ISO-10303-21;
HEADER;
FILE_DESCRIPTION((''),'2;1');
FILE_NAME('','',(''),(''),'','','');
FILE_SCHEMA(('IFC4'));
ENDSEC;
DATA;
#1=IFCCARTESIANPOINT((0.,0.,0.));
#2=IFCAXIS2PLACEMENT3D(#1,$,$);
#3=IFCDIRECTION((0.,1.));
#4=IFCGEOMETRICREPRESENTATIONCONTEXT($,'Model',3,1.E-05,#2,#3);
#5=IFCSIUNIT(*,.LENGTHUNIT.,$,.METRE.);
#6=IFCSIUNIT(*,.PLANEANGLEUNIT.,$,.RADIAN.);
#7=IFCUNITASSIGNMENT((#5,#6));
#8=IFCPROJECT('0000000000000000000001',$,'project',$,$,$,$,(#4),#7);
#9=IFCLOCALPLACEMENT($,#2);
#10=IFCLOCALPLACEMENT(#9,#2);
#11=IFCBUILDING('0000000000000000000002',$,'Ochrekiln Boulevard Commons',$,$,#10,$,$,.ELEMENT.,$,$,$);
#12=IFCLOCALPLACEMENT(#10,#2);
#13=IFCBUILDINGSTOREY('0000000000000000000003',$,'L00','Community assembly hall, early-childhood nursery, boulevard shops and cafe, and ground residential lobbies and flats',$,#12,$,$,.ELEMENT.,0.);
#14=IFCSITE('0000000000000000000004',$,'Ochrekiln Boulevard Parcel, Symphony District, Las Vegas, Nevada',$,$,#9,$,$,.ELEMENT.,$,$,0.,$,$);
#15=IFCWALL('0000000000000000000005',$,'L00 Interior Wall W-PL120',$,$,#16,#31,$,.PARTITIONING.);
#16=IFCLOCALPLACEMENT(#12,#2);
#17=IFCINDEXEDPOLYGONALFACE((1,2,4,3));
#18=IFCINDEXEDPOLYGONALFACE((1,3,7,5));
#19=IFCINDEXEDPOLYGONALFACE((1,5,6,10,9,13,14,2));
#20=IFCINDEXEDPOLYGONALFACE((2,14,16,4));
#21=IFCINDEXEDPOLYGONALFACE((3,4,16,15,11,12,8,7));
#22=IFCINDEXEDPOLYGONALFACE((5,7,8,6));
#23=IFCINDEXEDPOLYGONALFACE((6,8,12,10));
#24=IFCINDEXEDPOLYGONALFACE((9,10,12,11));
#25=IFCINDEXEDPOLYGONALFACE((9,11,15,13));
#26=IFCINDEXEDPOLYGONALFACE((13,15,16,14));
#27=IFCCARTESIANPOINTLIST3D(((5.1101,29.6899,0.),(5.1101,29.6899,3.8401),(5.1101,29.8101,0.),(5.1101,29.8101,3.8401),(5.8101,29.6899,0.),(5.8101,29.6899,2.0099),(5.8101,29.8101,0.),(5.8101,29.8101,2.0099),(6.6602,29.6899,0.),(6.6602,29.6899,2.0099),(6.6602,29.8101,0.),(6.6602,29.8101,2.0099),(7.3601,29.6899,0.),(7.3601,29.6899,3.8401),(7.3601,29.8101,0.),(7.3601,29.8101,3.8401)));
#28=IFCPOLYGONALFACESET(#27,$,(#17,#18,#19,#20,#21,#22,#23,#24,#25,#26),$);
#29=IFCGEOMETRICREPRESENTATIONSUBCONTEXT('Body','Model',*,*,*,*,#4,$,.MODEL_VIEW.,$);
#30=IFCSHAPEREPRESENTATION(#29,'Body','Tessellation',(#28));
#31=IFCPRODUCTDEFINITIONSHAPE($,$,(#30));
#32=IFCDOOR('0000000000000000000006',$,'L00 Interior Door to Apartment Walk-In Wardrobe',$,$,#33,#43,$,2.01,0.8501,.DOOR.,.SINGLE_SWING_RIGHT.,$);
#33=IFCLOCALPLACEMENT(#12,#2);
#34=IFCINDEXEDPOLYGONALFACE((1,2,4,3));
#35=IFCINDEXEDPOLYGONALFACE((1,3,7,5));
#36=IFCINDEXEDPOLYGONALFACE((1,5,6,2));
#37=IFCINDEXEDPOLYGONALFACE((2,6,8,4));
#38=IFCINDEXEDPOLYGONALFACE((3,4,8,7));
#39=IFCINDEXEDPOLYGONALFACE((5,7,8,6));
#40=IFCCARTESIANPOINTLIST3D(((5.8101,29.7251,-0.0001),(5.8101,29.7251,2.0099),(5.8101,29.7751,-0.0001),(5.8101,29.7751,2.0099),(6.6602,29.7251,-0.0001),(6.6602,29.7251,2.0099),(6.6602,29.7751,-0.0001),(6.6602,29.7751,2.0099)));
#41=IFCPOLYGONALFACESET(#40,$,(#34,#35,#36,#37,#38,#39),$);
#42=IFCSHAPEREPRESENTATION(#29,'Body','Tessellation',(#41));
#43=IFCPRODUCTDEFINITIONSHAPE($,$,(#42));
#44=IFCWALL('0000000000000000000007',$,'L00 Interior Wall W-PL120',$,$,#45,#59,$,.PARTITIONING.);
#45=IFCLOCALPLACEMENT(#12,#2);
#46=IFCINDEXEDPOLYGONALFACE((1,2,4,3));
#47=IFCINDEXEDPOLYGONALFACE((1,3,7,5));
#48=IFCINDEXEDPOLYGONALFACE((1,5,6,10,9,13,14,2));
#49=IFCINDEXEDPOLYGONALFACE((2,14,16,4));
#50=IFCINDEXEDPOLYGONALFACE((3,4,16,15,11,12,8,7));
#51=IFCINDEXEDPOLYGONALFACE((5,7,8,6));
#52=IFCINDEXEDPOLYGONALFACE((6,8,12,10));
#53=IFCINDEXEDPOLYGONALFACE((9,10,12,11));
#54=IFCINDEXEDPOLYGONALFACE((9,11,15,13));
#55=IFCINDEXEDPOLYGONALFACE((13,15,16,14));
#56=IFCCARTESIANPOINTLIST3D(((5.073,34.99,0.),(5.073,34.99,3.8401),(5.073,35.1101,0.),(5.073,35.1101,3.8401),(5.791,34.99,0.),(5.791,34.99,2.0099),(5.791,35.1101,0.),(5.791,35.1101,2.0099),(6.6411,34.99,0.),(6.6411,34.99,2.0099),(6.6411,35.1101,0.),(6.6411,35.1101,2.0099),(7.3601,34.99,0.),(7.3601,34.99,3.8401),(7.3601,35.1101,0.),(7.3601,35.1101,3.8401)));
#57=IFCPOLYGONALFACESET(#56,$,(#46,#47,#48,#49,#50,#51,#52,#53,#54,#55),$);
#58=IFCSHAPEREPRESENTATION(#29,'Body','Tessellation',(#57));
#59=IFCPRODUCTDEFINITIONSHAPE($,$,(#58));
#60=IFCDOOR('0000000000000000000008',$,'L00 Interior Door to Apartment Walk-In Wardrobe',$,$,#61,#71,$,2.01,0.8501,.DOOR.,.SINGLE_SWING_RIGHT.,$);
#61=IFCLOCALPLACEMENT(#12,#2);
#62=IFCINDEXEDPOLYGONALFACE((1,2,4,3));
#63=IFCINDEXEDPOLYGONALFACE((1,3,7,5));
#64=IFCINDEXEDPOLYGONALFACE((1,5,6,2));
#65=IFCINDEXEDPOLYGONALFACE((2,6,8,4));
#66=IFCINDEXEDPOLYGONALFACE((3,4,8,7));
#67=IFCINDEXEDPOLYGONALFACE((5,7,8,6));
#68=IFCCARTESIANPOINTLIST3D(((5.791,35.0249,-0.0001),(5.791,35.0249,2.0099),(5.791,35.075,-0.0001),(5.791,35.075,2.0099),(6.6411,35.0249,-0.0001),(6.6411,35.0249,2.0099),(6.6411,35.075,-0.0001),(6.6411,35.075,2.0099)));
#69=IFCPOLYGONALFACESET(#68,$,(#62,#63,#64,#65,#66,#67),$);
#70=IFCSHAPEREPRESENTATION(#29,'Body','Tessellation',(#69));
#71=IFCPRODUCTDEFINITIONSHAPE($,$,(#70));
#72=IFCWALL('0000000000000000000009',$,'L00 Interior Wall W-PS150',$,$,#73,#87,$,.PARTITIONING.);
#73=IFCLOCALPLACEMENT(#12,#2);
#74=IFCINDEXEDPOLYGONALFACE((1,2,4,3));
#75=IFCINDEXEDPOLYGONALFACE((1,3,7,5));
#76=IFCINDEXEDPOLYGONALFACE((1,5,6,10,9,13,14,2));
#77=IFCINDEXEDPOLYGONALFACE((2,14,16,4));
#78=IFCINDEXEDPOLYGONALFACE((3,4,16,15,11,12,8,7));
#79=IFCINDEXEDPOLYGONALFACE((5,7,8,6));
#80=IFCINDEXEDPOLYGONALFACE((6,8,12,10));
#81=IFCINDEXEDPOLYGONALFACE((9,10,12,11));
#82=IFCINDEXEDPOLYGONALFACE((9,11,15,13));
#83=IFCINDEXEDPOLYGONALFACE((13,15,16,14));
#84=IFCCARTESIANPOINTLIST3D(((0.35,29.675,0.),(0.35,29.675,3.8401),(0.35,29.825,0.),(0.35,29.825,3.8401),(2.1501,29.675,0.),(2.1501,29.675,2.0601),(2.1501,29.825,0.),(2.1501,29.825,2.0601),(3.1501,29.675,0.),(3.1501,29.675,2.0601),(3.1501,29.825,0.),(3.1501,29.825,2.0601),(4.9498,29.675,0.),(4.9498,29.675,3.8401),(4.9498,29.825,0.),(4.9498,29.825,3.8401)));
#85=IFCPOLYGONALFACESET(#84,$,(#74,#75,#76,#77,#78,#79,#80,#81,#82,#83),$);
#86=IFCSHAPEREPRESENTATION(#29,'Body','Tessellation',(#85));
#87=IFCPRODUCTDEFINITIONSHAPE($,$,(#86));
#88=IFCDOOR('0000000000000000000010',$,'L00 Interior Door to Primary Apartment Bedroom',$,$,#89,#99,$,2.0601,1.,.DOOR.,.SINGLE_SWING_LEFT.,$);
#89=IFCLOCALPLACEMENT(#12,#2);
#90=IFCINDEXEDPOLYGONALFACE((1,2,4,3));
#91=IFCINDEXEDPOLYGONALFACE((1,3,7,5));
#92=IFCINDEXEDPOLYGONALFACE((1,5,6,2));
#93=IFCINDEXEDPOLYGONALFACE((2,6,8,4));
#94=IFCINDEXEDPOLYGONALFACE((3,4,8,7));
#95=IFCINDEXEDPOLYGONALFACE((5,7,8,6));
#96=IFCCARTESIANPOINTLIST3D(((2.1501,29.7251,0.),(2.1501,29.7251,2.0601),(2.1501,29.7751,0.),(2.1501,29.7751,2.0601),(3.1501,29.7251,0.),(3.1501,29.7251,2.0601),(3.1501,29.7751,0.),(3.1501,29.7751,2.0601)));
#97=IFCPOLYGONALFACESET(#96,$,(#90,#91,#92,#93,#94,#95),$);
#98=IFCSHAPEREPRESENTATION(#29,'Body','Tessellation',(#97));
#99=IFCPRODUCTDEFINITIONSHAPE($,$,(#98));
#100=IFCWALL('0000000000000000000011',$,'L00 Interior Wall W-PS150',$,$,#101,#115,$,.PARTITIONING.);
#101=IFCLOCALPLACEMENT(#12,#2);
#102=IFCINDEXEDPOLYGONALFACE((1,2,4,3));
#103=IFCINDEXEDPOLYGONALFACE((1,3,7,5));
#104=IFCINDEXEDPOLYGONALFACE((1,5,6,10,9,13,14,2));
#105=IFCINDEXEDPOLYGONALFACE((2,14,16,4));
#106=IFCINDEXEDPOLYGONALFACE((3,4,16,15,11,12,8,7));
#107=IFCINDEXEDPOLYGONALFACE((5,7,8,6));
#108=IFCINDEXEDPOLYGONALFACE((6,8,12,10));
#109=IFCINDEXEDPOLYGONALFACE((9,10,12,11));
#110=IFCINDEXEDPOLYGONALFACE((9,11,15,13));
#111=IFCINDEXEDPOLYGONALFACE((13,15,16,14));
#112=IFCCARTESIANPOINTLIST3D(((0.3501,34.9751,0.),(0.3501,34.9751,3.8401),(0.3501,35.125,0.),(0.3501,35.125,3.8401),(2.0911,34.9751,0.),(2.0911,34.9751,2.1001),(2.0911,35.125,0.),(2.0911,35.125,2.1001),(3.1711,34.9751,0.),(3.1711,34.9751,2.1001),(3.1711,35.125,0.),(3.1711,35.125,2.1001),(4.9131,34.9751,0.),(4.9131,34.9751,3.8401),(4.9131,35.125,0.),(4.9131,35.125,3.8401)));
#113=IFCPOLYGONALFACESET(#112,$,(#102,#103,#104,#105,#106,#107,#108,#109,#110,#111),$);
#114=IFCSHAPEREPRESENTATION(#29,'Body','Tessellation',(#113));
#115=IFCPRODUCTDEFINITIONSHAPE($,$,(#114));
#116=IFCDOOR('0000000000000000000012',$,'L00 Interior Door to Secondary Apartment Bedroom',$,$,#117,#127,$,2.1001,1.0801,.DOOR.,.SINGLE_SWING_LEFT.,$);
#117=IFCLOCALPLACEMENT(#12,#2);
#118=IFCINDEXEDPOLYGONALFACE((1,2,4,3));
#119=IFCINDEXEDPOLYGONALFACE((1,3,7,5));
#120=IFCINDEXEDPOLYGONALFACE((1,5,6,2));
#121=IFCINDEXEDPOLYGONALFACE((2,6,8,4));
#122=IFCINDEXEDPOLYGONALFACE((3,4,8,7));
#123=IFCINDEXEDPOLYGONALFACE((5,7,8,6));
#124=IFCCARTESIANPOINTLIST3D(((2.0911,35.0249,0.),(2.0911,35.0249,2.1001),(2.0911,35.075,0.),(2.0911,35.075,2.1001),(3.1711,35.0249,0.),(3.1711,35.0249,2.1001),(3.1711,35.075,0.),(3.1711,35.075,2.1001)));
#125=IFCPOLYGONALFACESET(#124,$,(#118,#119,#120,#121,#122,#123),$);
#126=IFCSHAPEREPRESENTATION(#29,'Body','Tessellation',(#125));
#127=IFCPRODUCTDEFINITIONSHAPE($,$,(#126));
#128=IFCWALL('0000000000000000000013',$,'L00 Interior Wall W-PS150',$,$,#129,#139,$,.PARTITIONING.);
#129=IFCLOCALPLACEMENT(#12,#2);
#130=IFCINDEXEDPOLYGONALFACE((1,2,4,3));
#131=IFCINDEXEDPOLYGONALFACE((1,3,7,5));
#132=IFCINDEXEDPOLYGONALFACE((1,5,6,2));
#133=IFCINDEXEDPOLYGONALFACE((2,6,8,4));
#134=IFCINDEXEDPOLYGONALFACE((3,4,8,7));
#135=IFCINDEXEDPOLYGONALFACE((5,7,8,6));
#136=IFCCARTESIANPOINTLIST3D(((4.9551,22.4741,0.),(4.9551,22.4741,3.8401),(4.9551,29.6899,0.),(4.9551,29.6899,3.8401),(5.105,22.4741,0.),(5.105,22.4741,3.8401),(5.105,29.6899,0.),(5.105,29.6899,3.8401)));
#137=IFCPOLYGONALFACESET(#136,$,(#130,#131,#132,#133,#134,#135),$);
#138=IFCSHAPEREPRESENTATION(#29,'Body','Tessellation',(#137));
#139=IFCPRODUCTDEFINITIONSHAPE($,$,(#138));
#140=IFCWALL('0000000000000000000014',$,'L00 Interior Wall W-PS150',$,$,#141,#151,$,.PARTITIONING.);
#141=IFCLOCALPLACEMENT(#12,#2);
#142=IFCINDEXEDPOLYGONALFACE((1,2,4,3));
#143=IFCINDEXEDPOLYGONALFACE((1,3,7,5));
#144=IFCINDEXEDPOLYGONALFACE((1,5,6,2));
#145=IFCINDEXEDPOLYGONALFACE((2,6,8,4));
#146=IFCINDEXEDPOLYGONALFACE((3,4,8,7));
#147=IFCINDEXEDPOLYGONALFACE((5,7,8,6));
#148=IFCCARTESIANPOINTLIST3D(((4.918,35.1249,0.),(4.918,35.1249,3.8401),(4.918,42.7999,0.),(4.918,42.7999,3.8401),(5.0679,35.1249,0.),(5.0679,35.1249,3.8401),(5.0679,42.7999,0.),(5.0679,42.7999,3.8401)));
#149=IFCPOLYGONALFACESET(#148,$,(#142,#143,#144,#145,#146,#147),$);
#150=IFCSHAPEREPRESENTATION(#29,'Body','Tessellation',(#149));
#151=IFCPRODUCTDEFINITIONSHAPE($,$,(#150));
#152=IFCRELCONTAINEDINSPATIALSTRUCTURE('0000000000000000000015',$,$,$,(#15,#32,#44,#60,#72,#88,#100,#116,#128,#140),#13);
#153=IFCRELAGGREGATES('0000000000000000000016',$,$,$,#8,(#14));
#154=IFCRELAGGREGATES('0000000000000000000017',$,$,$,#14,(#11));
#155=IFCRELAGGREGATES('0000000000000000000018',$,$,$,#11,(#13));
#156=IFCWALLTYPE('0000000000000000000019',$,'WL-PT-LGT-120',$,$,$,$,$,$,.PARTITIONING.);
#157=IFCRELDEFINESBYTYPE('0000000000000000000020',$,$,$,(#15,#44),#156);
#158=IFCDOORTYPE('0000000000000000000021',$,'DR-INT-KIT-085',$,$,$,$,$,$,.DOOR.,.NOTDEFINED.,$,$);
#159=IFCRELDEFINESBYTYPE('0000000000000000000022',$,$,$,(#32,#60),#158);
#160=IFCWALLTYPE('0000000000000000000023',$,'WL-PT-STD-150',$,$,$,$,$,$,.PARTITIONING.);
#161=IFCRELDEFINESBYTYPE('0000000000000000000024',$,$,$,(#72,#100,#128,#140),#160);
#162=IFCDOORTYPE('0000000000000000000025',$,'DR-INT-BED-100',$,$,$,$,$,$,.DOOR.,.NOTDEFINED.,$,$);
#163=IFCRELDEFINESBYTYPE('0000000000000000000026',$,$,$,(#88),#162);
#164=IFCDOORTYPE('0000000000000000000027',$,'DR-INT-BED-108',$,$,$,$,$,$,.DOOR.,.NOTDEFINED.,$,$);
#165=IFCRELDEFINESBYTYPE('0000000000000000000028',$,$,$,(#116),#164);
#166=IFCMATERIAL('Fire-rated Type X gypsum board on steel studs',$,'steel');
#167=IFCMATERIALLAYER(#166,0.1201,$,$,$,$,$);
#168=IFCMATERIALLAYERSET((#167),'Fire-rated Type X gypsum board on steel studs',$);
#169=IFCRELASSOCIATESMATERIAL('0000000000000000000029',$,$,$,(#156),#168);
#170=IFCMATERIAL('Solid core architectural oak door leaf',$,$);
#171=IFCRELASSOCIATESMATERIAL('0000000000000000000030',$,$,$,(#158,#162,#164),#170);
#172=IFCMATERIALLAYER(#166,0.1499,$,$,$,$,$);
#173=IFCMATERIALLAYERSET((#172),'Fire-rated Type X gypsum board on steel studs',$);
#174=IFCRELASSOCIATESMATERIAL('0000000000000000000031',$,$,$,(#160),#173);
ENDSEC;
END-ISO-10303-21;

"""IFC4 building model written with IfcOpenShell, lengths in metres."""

from ifc_helpers import new_model, si_unit, direction, frame, frame_2d, origin, place, context, subcontext, project, spatial, rectangle, extrude, material, layer, layer_set, type_object, element, fill, save


model = new_model("IFC4")

# Units and contexts
model_context = context("Model", 3, precision=1e-05, world=origin(), true_north=direction((0.0, 1.0)))
body_context = subcontext(model_context, "Body", "Model", "MODEL_VIEW")
ifc_project = project(units=[si_unit("LENGTHUNIT", "METRE"), si_unit("PLANEANGLEUNIT", "RADIAN")], contexts=[model_context])

# Site, building, storey
site_placement = place(None, origin())
site = spatial("IfcSite", under=ifc_project, at=site_placement, Name="Ochrekiln Boulevard Parcel, Symphony District, Las Vegas, Nevada", CompositionType="ELEMENT", RefElevation=0.0)
building_placement = place(site_placement, origin())
building = spatial("IfcBuilding", under=site, at=building_placement, Name="Ochrekiln Boulevard Commons", CompositionType="ELEMENT")
storey_placement = place(building_placement, origin())
storey = spatial("IfcBuildingStorey", under=building, at=storey_placement, Name="L00", Description="Community assembly hall, early-childhood nursery, boulevard shops and cafe, and ground residential lobbies and flats", CompositionType="ELEMENT", Elevation=0.0)

# Shared definitions
ifc_material_1 = material(Name="Fire-rated Type X gypsum board on steel studs", Category="steel")

# Walls, openings, doors
ifc_layer_1 = layer(ifc_material_1, 0.1201)
ifc_layer_set_1 = layer_set([ifc_layer_1], Name="Fire-rated Type X gypsum board on steel studs")
wall_type_1 = type_object("IfcWallType", Name="WL-PT-LGT-120", PredefinedType="PARTITIONING", material=ifc_layer_set_1)
wall_1_placement = place(storey_placement, frame((5.1101, 29.75, 0.0), z_axis=(0.0, 0.0, 1.0), x_axis=(1.0, 0.0, 0.0)))
wall_1 = element("IfcWall", 1, at=wall_1_placement, inside=storey, type_object=wall_type_1, Name="L00 Interior Wall W-PL120", PredefinedType="PARTITIONING", context=body_context, shape_type="SweptSolid", body=[
    extrude(rectangle(XDim=2.25, YDim=0.1201, at=frame_2d((1.125, 0.0))), origin(), (0.0, 0.0, 1.0), 3.8401),
])
opening_1_placement = place(wall_1_placement, frame((0.7, 0.0, 0.0)))
opening_1 = element("IfcOpeningElement", 2, at=opening_1_placement, cuts=wall_1, PredefinedType="OPENING", context=body_context, shape_type="SweptSolid", body=[
    extrude(rectangle(XDim=0.8501, YDim=2.01, at=frame_2d((0.425, 1.0049))), frame((0.0, 0.0701, 0.0), z_axis=(0.0, -1.0, 0.0), x_axis=(1.0, 0.0, 0.0)), (0.0, 0.0, 1.0), 0.1401),
])
ifc_material_2 = material(Name="Solid core architectural oak door leaf")
door_type_1 = type_object("IfcDoorType", Name="DR-INT-KIT-085", OperationType="NOTDEFINED", PredefinedType="DOOR", material=ifc_material_2)
door_1_placement = place(opening_1_placement, frame((0.8501, 0.0, 0.0), z_axis=(0.0, 0.0, 1.0), x_axis=(-1.0, 0.0, 0.0)))
door_1 = element("IfcDoor", 3, at=door_1_placement, inside=storey, type_object=door_type_1, Name="L00 Interior Door to Apartment Walk-In Wardrobe", OperationType="SINGLE_SWING_RIGHT", OverallHeight=2.01, OverallWidth=0.8501, PredefinedType="DOOR", context=body_context, shape_type="SweptSolid", body=[
    extrude(rectangle(XDim=0.8501, YDim=2.01, at=frame_2d((0.425, 1.0049))), frame((0.0, 0.0249, 0.0), z_axis=(0.0, -1.0, 0.0), x_axis=(1.0, 0.0, 0.0)), (0.0, 0.0, 1.0), 0.05),
])
fill(opening_1, door_1)
wall_2_placement = place(storey_placement, frame((5.073, 35.05, 0.0), z_axis=(0.0, 0.0, 1.0), x_axis=(1.0, 0.0, 0.0)))
wall_2 = element("IfcWall", 4, at=wall_2_placement, inside=storey, type_object=wall_type_1, Name="L00 Interior Wall W-PL120", PredefinedType="PARTITIONING", context=body_context, shape_type="SweptSolid", body=[
    extrude(rectangle(XDim=2.2871, YDim=0.1201, at=frame_2d((1.1436, 0.0))), origin(), (0.0, 0.0, 1.0), 3.8401),
])
opening_2_placement = place(wall_2_placement, frame((0.718, 0.0, 0.0)))
opening_2 = element("IfcOpeningElement", 5, at=opening_2_placement, cuts=wall_2, PredefinedType="OPENING", context=body_context, shape_type="SweptSolid", body=[
    extrude(rectangle(XDim=0.8501, YDim=2.01, at=frame_2d((0.425, 1.0049))), frame((0.0, 0.0701, 0.0), z_axis=(0.0, -1.0, 0.0), x_axis=(1.0, 0.0, 0.0)), (0.0, 0.0, 1.0), 0.1401),
])
door_2_placement = place(opening_2_placement, origin())
door_2 = element("IfcDoor", 6, at=door_2_placement, inside=storey, type_object=door_type_1, Name="L00 Interior Door to Apartment Walk-In Wardrobe", OperationType="SINGLE_SWING_RIGHT", OverallHeight=2.01, OverallWidth=0.8501, PredefinedType="DOOR", context=body_context, shape_type="SweptSolid", body=[
    extrude(rectangle(XDim=0.8501, YDim=2.01, at=frame_2d((0.425, 1.0049))), frame((0.0, 0.0249, 0.0), z_axis=(0.0, -1.0, 0.0), x_axis=(1.0, 0.0, 0.0)), (0.0, 0.0, 1.0), 0.05),
])
fill(opening_2, door_2)
ifc_layer_2 = layer(ifc_material_1, 0.1499)
ifc_layer_set_2 = layer_set([ifc_layer_2], Name="Fire-rated Type X gypsum board on steel studs")
wall_type_2 = type_object("IfcWallType", Name="WL-PT-STD-150", PredefinedType="PARTITIONING", material=ifc_layer_set_2)
wall_3_placement = place(storey_placement, frame((0.3501, 29.75, 0.0), z_axis=(0.0, 0.0, 1.0), x_axis=(1.0, 0.0, 0.0)))
wall_3 = element("IfcWall", 7, at=wall_3_placement, inside=storey, type_object=wall_type_2, Name="L00 Interior Wall W-PS150", PredefinedType="PARTITIONING", context=body_context, shape_type="SweptSolid", body=[
    extrude(rectangle(XDim=4.5999, YDim=0.1499, at=frame_2d((2.2998, 0.0))), origin(), (0.0, 0.0, 1.0), 3.8401),
])
opening_3_placement = place(wall_3_placement, frame((1.8, 0.0, 0.0)))
opening_3 = element("IfcOpeningElement", 8, at=opening_3_placement, cuts=wall_3, PredefinedType="OPENING", context=body_context, shape_type="SweptSolid", body=[
    extrude(rectangle(XDim=1.0, YDim=2.0601, at=frame_2d((0.5, 1.03))), frame((0.0, 0.085, 0.0), z_axis=(0.0, -1.0, 0.0), x_axis=(1.0, 0.0, 0.0)), (0.0, 0.0, 1.0), 0.1699),
])
door_type_2 = type_object("IfcDoorType", Name="DR-INT-BED-100", OperationType="NOTDEFINED", PredefinedType="DOOR", material=ifc_material_2)
door_3_placement = place(opening_3_placement, frame((1.0, 0.0, 0.0), z_axis=(0.0, 0.0, 1.0), x_axis=(-1.0, 0.0, 0.0)))
door_3 = element("IfcDoor", 9, at=door_3_placement, inside=storey, type_object=door_type_2, Name="L00 Interior Door to Primary Apartment Bedroom", OperationType="SINGLE_SWING_LEFT", OverallHeight=2.0601, OverallWidth=1.0, PredefinedType="DOOR", context=body_context, shape_type="SweptSolid", body=[
    extrude(rectangle(XDim=1.0, YDim=2.0601, at=frame_2d((0.5, 1.03))), frame((0.0, 0.0249, 0.0), z_axis=(0.0, -1.0, 0.0), x_axis=(1.0, 0.0, 0.0)), (0.0, 0.0, 1.0), 0.05),
])
fill(opening_3, door_3)
wall_4_placement = place(storey_placement, frame((0.3501, 35.05, 0.0), z_axis=(0.0, 0.0, 1.0), x_axis=(1.0, 0.0, 0.0)))
wall_4 = element("IfcWall", 10, at=wall_4_placement, inside=storey, type_object=wall_type_2, Name="L00 Interior Wall W-PS150", PredefinedType="PARTITIONING", context=body_context, shape_type="SweptSolid", body=[
    extrude(rectangle(XDim=4.563, YDim=0.1499, at=frame_2d((2.2815, 0.0))), origin(), (0.0, 0.0, 1.0), 3.8401),
])
opening_4_placement = place(wall_4_placement, frame((1.741, 0.0, 0.0)))
opening_4 = element("IfcOpeningElement", 11, at=opening_4_placement, cuts=wall_4, PredefinedType="OPENING", context=body_context, shape_type="SweptSolid", body=[
    extrude(rectangle(XDim=1.0801, YDim=2.1001, at=frame_2d((0.54, 1.05))), frame((0.0, 0.085, 0.0), z_axis=(0.0, -1.0, 0.0), x_axis=(1.0, 0.0, 0.0)), (0.0, 0.0, 1.0), 0.1699),
])
door_type_3 = type_object("IfcDoorType", Name="DR-INT-BED-108", OperationType="NOTDEFINED", PredefinedType="DOOR", material=ifc_material_2)
door_4_placement = place(opening_4_placement, origin())
door_4 = element("IfcDoor", 12, at=door_4_placement, inside=storey, type_object=door_type_3, Name="L00 Interior Door to Secondary Apartment Bedroom", OperationType="SINGLE_SWING_LEFT", OverallHeight=2.1001, OverallWidth=1.0801, PredefinedType="DOOR", context=body_context, shape_type="SweptSolid", body=[
    extrude(rectangle(XDim=1.0801, YDim=2.1001, at=frame_2d((0.54, 1.05))), frame((0.0, 0.0249, 0.0), z_axis=(0.0, -1.0, 0.0), x_axis=(1.0, 0.0, 0.0)), (0.0, 0.0, 1.0), 0.05),
])
fill(opening_4, door_4)

# Walls
wall_5_placement = place(storey_placement, frame((5.03, 22.4741, 0.0), z_axis=(0.0, 0.0, 1.0), x_axis=(0.0, 1.0, 0.0)))
element("IfcWall", 13, at=wall_5_placement, inside=storey, type_object=wall_type_2, Name="L00 Interior Wall W-PS150", PredefinedType="PARTITIONING", context=body_context, shape_type="SweptSolid", body=[
    extrude(rectangle(XDim=7.2158, YDim=0.1499, at=frame_2d((3.6079, 0.0))), origin(), (0.0, 0.0, 1.0), 3.8401),
])
wall_6_placement = place(storey_placement, frame((4.9929, 35.125, 0.0), z_axis=(0.0, 0.0, 1.0), x_axis=(0.0, 1.0, 0.0)))
element("IfcWall", 14, at=wall_6_placement, inside=storey, type_object=wall_type_2, Name="L00 Interior Wall W-PS150", PredefinedType="PARTITIONING", context=body_context, shape_type="SweptSolid", body=[
    extrude(rectangle(XDim=7.675, YDim=0.1499, at=frame_2d((3.8374, 0.0))), origin(), (0.0, 0.0, 1.0), 3.8401),
])

save(model, "model.ifc")
